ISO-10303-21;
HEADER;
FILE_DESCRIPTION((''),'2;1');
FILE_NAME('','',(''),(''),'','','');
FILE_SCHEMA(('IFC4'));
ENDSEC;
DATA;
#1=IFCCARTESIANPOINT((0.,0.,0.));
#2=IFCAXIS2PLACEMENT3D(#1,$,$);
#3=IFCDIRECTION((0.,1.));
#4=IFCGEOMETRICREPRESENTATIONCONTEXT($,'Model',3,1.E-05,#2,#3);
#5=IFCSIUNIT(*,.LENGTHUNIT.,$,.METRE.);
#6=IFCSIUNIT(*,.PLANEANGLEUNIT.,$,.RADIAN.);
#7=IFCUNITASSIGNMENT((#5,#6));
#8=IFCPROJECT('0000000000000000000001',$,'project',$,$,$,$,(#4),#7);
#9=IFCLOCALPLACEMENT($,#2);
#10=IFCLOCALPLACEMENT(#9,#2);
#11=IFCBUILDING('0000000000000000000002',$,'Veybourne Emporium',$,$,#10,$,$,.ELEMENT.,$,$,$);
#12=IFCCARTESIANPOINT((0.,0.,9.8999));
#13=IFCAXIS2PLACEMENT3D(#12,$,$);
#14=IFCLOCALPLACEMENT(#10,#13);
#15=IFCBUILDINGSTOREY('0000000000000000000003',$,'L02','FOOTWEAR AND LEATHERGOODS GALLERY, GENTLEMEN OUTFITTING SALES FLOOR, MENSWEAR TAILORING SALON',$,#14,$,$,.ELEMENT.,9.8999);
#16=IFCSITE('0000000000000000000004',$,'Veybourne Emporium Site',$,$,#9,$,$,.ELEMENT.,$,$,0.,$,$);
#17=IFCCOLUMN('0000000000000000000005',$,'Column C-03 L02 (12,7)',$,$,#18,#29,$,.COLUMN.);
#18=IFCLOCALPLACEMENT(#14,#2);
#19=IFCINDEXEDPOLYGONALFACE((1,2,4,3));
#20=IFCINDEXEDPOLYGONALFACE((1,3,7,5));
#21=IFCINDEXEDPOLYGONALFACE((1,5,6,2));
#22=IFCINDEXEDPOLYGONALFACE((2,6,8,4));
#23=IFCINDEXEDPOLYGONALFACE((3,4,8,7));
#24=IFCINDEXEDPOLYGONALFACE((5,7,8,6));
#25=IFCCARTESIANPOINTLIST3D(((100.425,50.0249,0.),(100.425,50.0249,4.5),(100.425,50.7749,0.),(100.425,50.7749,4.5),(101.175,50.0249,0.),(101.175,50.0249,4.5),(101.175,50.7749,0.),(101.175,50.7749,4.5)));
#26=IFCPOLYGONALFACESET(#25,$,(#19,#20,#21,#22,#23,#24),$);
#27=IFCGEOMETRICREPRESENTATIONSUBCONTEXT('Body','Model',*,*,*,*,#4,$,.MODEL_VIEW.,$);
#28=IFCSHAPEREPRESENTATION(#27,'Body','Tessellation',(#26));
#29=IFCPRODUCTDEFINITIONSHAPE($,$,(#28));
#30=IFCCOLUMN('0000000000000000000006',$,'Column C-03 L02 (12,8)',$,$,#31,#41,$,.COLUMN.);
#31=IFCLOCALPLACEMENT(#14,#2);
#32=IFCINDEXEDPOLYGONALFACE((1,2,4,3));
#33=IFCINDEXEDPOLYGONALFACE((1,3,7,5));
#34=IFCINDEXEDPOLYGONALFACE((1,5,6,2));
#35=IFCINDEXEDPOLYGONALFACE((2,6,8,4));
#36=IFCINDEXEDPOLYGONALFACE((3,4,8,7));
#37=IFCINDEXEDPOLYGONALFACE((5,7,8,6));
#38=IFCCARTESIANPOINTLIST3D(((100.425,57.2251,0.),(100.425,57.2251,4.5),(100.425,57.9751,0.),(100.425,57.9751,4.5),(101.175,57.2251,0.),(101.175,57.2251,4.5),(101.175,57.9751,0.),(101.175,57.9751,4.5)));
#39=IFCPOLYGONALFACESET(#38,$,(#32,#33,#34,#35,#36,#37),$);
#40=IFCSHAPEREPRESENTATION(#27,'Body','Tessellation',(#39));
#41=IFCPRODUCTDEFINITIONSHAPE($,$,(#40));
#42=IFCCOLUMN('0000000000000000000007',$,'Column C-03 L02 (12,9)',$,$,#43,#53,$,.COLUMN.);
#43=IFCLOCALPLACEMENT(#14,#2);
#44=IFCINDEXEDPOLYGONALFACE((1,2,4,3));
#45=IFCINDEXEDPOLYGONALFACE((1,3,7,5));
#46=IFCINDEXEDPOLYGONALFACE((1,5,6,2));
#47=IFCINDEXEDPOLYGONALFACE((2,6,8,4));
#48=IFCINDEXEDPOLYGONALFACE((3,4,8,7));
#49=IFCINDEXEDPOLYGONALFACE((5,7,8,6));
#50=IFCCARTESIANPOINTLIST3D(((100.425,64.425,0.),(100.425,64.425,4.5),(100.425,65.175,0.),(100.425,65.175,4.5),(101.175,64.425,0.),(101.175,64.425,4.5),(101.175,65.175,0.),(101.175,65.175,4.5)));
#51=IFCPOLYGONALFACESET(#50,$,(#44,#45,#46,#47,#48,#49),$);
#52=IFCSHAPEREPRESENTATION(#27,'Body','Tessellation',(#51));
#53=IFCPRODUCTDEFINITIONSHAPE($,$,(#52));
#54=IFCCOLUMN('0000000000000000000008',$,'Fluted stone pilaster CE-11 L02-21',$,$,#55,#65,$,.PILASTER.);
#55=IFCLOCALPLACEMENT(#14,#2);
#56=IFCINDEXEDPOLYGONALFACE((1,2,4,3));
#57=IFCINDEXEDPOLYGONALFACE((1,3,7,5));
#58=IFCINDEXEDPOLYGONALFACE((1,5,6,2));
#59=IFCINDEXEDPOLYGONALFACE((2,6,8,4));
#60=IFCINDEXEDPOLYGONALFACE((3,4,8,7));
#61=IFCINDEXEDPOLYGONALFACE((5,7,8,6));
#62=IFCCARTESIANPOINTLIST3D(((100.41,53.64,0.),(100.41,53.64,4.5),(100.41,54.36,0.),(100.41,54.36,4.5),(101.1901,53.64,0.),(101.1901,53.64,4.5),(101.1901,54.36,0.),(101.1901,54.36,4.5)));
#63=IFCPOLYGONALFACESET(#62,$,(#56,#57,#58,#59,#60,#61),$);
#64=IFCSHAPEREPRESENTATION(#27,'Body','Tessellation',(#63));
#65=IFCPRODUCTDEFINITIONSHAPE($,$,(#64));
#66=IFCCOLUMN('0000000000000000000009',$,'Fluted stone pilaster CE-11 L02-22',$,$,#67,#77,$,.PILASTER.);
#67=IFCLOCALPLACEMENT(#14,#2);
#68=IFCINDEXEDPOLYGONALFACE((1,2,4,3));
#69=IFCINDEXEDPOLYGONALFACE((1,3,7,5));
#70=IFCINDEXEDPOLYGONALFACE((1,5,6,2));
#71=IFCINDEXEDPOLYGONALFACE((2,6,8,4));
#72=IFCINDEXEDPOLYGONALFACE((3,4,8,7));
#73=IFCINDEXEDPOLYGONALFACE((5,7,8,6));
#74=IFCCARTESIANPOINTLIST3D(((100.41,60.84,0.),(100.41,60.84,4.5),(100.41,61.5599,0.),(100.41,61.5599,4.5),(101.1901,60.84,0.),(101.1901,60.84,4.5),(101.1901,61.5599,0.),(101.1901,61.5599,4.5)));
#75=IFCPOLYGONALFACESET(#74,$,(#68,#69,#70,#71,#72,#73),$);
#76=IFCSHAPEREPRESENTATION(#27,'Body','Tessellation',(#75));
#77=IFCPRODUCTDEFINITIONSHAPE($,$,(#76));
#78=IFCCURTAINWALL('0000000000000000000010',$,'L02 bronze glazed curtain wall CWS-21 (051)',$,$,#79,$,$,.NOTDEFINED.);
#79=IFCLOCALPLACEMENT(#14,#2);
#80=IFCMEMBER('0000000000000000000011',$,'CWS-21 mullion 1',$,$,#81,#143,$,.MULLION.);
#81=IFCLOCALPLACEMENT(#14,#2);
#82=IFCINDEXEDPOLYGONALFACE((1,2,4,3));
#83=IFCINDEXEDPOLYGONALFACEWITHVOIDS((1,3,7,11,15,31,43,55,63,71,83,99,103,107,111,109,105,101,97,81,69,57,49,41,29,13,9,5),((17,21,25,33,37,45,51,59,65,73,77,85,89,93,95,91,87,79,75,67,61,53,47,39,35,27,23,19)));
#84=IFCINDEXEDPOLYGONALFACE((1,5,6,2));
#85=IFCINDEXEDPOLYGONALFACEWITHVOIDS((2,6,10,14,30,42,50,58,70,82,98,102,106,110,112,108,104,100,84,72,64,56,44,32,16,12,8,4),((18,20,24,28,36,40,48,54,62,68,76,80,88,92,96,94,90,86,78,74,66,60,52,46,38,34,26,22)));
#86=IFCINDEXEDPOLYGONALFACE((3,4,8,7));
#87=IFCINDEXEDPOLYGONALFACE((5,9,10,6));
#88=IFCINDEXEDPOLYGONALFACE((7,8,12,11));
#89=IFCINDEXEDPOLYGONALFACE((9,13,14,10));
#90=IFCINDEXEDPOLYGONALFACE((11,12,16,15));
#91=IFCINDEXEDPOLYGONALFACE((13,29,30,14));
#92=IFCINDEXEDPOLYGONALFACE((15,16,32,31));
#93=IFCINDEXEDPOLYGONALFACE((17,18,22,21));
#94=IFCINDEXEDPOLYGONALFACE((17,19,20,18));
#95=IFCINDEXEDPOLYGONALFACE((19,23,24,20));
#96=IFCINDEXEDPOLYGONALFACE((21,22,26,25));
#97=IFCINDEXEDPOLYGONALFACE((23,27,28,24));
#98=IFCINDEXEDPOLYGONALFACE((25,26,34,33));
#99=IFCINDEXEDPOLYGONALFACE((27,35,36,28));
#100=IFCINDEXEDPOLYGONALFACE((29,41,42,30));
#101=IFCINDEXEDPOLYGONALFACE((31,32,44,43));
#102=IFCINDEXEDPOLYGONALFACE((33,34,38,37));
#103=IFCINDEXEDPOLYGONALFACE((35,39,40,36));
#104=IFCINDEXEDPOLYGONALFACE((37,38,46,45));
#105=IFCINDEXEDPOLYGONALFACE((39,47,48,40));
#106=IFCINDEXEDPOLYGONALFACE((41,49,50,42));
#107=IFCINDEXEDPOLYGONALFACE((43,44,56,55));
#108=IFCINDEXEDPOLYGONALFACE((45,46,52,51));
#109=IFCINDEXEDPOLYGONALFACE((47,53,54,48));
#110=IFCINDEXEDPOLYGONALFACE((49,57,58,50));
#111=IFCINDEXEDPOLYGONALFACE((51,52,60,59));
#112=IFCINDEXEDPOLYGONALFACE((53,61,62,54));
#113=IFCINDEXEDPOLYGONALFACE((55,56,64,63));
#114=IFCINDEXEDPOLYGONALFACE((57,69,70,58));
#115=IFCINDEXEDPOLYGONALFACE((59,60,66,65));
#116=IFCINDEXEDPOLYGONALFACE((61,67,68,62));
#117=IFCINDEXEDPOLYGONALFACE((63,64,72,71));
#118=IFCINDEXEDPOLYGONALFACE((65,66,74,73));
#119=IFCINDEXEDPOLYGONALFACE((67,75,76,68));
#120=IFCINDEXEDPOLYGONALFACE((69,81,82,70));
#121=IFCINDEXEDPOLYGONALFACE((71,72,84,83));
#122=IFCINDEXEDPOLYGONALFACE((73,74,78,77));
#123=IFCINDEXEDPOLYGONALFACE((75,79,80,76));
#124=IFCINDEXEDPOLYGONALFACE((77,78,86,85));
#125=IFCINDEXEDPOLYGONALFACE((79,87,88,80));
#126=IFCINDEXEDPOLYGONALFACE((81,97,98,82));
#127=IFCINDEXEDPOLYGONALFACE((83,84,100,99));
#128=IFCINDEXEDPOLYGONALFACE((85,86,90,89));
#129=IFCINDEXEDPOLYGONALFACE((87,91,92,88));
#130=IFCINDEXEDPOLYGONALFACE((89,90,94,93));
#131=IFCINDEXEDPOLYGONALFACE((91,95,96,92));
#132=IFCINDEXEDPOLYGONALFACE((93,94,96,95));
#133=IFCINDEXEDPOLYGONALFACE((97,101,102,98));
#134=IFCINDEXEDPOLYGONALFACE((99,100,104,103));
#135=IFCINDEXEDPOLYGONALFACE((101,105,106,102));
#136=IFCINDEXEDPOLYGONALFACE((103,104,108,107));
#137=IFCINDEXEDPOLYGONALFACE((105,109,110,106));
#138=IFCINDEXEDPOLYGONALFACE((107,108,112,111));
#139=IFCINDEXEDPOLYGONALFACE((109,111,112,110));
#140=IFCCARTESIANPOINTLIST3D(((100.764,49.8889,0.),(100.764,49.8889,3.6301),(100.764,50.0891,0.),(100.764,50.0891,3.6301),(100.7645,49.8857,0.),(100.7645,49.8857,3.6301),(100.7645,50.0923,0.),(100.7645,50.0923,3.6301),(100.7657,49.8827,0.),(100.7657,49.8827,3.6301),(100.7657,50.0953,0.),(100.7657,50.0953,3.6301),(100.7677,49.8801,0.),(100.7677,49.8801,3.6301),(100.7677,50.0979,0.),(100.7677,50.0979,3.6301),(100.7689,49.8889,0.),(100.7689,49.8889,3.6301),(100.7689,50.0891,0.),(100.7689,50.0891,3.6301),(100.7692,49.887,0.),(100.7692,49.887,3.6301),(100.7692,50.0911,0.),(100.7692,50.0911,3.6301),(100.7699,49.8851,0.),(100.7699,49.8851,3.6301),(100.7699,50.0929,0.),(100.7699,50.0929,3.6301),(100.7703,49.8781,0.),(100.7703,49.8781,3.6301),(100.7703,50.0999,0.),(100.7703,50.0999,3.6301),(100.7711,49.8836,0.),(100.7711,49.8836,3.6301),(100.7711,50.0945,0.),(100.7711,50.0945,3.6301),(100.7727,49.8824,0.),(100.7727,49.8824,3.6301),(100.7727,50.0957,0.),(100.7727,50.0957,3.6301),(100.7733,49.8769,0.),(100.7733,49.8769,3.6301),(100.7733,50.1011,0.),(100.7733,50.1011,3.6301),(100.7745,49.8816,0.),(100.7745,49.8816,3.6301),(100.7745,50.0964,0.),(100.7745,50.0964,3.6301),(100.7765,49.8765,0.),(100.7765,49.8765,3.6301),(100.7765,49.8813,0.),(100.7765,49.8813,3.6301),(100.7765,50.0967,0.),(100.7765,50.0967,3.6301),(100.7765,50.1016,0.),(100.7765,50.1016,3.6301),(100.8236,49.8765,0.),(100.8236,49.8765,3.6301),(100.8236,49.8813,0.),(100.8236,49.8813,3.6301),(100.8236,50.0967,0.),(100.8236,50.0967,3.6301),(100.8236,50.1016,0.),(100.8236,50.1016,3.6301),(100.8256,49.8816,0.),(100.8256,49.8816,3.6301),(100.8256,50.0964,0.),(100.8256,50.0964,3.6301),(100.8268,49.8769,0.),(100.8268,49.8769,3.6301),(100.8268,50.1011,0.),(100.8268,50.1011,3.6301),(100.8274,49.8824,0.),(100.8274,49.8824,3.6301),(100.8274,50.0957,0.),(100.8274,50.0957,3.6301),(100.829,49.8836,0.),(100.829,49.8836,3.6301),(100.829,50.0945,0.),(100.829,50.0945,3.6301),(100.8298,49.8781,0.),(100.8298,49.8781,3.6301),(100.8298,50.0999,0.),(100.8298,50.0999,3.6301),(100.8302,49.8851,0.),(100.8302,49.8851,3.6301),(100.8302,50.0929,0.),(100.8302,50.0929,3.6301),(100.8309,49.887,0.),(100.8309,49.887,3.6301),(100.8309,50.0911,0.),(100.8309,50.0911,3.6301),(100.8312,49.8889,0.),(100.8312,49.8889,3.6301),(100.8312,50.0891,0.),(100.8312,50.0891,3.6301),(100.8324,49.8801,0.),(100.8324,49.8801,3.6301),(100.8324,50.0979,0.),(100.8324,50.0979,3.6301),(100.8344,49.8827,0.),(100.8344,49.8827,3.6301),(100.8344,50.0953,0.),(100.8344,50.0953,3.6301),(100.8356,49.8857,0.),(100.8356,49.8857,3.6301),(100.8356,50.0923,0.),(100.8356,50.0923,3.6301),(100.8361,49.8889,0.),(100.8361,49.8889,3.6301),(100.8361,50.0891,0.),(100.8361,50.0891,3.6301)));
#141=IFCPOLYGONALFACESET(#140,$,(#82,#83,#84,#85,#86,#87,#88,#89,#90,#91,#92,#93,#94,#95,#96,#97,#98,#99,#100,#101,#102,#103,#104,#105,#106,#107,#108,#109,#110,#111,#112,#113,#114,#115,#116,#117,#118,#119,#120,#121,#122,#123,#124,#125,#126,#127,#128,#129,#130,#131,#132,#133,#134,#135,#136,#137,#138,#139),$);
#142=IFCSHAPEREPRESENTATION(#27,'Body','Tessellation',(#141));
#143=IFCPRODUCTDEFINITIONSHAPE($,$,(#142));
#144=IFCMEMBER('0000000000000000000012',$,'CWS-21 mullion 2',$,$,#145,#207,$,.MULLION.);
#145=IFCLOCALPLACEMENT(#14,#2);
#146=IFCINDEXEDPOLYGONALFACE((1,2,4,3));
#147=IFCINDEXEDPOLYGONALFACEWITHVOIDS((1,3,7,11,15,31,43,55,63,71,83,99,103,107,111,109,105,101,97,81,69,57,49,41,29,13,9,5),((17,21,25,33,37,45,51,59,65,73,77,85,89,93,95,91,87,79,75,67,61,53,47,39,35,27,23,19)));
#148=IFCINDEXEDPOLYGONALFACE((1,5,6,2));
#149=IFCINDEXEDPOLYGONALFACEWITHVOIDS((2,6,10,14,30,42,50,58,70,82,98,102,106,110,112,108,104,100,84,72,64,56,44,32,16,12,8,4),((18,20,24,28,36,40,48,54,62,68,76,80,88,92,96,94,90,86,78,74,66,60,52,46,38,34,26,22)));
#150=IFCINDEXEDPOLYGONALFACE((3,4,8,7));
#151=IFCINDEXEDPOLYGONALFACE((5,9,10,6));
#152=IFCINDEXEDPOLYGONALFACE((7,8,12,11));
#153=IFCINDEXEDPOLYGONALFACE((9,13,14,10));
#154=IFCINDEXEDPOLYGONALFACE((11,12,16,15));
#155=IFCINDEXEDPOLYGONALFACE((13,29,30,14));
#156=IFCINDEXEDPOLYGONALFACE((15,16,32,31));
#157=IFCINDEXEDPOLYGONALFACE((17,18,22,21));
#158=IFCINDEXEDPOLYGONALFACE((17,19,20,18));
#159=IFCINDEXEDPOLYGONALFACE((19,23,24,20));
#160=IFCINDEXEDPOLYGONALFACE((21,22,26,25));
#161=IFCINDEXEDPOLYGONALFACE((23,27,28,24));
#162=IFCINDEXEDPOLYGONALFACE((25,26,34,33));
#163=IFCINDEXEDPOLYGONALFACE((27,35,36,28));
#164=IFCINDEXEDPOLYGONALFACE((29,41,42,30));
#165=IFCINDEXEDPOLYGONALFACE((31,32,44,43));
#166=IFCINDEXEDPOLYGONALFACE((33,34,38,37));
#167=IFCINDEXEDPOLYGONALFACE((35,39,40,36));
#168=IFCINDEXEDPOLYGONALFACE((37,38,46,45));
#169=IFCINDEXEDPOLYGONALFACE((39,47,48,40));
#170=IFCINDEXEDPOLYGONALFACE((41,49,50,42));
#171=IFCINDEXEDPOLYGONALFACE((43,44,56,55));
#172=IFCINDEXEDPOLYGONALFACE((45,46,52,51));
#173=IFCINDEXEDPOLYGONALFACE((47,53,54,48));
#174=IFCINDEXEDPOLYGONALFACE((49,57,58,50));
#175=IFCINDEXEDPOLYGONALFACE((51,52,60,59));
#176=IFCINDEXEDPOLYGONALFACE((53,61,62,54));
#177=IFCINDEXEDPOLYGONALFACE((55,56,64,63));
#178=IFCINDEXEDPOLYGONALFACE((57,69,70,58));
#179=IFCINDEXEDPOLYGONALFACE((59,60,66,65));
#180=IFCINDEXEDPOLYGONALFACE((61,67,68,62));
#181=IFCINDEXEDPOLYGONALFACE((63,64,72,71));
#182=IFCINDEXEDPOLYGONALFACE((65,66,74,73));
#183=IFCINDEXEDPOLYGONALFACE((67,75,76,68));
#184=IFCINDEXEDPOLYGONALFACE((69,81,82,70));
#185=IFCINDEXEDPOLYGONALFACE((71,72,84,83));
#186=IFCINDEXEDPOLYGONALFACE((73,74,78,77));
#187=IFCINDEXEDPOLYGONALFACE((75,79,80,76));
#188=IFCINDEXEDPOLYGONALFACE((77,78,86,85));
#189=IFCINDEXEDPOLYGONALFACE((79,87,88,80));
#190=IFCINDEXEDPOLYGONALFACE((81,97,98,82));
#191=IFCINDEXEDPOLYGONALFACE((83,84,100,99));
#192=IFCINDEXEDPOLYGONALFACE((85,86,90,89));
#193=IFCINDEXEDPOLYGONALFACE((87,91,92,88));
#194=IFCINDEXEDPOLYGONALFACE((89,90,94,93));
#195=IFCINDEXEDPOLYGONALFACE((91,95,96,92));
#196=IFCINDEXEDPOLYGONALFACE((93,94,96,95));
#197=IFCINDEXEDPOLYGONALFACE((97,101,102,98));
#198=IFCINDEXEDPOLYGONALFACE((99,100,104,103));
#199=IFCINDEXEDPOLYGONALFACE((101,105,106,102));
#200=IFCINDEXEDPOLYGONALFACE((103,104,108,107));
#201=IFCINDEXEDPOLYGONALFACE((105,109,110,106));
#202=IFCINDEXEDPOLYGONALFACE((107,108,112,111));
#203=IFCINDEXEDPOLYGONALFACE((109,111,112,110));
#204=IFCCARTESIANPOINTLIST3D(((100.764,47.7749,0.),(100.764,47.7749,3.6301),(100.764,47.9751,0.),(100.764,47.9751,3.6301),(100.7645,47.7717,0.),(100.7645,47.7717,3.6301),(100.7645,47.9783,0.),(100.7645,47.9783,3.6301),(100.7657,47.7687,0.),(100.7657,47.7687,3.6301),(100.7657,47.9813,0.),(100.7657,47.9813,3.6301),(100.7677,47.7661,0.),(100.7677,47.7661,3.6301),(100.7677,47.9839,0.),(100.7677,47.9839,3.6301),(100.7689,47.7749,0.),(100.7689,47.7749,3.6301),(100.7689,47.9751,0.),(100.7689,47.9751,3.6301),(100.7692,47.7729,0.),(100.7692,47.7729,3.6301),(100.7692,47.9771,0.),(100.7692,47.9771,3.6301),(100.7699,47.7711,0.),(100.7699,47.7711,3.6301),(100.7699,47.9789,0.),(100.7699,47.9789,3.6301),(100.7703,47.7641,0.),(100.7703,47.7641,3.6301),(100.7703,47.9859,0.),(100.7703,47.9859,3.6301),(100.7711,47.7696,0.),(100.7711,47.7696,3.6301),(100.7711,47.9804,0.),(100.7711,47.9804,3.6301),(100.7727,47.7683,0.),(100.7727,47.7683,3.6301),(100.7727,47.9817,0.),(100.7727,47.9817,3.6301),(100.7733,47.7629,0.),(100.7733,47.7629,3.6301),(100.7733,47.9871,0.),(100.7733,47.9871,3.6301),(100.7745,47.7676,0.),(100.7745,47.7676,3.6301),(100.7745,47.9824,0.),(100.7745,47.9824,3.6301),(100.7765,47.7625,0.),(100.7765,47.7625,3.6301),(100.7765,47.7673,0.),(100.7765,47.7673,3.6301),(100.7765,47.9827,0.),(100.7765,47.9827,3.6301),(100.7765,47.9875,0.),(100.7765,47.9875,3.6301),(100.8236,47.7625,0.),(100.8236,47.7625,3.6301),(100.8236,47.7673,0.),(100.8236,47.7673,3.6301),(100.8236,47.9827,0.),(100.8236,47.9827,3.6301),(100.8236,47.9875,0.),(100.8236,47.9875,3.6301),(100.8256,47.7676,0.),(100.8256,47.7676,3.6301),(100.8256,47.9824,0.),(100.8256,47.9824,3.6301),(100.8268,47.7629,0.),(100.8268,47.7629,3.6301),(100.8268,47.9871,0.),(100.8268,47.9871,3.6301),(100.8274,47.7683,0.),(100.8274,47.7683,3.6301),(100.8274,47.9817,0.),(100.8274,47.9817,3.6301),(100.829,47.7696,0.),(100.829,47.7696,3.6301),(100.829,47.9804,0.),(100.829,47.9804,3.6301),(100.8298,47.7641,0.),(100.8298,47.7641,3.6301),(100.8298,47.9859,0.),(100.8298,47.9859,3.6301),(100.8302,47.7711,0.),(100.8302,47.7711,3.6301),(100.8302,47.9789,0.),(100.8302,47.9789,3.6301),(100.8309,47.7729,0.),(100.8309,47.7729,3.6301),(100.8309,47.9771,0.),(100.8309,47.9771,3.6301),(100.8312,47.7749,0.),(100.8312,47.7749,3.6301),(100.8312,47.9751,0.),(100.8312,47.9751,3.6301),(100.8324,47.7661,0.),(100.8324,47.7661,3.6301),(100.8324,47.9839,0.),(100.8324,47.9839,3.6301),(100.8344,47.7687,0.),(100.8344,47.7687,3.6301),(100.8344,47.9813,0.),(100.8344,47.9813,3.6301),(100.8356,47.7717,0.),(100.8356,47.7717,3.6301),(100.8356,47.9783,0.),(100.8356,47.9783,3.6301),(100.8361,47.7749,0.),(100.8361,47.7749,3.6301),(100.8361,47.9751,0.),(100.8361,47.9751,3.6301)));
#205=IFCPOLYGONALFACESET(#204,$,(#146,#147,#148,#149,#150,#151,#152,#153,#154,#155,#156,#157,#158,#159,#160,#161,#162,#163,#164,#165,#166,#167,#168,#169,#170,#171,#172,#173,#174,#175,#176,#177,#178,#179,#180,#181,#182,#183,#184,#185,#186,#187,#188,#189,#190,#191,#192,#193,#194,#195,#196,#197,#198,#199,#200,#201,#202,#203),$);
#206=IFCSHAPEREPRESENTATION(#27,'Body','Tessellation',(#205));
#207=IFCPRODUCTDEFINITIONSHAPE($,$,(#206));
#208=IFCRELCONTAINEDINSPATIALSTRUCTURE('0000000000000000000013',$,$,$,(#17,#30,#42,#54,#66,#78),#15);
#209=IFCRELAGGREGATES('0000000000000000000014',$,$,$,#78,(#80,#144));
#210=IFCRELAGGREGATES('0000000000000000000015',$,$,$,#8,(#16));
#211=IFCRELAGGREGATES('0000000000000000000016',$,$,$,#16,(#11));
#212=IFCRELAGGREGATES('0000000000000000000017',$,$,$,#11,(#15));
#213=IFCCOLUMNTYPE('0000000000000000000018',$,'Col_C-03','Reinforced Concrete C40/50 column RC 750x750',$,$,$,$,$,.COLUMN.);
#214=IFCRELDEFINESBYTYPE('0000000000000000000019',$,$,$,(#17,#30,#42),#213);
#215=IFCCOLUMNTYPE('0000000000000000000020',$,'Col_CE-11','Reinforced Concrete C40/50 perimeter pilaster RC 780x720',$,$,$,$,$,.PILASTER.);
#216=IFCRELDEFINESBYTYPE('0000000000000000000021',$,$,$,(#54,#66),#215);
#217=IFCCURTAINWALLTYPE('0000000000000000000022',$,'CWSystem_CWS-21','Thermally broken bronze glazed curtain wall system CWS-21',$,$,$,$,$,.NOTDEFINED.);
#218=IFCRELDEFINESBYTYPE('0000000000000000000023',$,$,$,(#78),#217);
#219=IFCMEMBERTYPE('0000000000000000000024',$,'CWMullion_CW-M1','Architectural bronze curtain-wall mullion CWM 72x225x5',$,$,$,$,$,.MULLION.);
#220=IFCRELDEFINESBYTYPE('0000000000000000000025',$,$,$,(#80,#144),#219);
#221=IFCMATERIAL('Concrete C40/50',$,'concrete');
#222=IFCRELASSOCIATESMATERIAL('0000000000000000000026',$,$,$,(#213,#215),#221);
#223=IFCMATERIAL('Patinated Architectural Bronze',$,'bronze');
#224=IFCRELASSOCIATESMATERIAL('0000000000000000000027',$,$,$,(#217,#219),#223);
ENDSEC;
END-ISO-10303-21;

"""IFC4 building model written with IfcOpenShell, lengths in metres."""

from ifc_helpers import new_model, si_unit, direction, frame, origin, origin_2d, place, context, subcontext, project, spatial, rectangle, hollow_rectangle, extrude, material, material_profile, profile_set, type_object, element, aggregate, save


model = new_model("IFC4")

# Units and contexts
model_context = context("Model", 3, precision=1e-05, world=origin(), true_north=direction((0.0, 1.0)))
body_context = subcontext(model_context, "Body", "Model", "MODEL_VIEW")
ifc_project = project(units=[si_unit("LENGTHUNIT", "METRE"), si_unit("PLANEANGLEUNIT", "RADIAN")], contexts=[model_context])

# Site, building, storey
site_placement = place(None, origin())
site = spatial("IfcSite", under=ifc_project, at=site_placement, Name="Veybourne Emporium Site", CompositionType="ELEMENT", RefElevation=0.0)
building_placement = place(site_placement, origin())
building = spatial("IfcBuilding", under=site, at=building_placement, Name="Veybourne Emporium", CompositionType="ELEMENT")
storey_placement = place(building_placement, frame((0.0, 0.0, 9.8999)))
storey = spatial("IfcBuildingStorey", under=building, at=storey_placement, Name="L02", Description="FOOTWEAR AND LEATHERGOODS GALLERY, GENTLEMEN OUTFITTING SALES FLOOR, MENSWEAR TAILORING SALON", CompositionType="ELEMENT", Elevation=9.8999)

# Columns
ifc_material_1 = material(Name="Concrete C40/50", Category="concrete")
ifc_material_profile_1 = material_profile(ifc_material_1, rectangle(XDim=0.75, YDim=0.75, at=origin_2d()), Name="RC 750x750")
ifc_profile_set_1 = profile_set([ifc_material_profile_1], Name="Concrete C40/50")
column_type_1 = type_object("IfcColumnType", Name="Col_C-03", Description="Reinforced Concrete C40/50 column RC 750x750", PredefinedType="COLUMN", material=ifc_profile_set_1)
for number, where, z_axis, x_axis, name in (
    (1, (100.8, 50.3999, 0.0), (0.0, 0.0, 1.0), (1.0, 0.0, 0.0), "Column C-03 L02 (12,7)"),
    (2, (100.8, 57.6001, 0.0), (0.0, 0.0, 1.0), (1.0, 0.0, 0.0), "Column C-03 L02 (12,8)"),
    (3, (100.8, 64.8, 0.0), (0.0, 0.0, 1.0), (1.0, 0.0, 0.0), "Column C-03 L02 (12,9)"),
):
    element("IfcColumn", number, at=place(storey_placement, frame(where, z_axis=z_axis, x_axis=x_axis)), inside=storey, type_object=column_type_1, Name=name, PredefinedType="COLUMN", context=body_context, shape_type="SweptSolid", body=[
        extrude(rectangle(XDim=0.75, YDim=0.75, at=origin_2d()), origin(), (0.0, 0.0, 1.0), 4.5),
    ])
ifc_material_profile_2 = material_profile(ifc_material_1, rectangle(XDim=0.78, YDim=0.72, at=origin_2d()), Name="RC 780x720")
ifc_profile_set_2 = profile_set([ifc_material_profile_2], Name="Concrete C40/50")
column_type_2 = type_object("IfcColumnType", Name="Col_CE-11", Description="Reinforced Concrete C40/50 perimeter pilaster RC 780x720", PredefinedType="PILASTER", material=ifc_profile_set_2)
for number, where, z_axis, x_axis, name in (
    (4, (100.8, 54.0, 0.0), (0.0, 0.0, 1.0), (1.0, 0.0, 0.0), "Fluted stone pilaster CE-11 L02-21"),
    (5, (100.8, 61.2, 0.0), (0.0, 0.0, 1.0), (1.0, 0.0, 0.0), "Fluted stone pilaster CE-11 L02-22"),
):
    element("IfcColumn", number, at=place(storey_placement, frame(where, z_axis=z_axis, x_axis=x_axis)), inside=storey, type_object=column_type_2, Name=name, PredefinedType="PILASTER", context=body_context, shape_type="SweptSolid", body=[
        extrude(rectangle(XDim=0.78, YDim=0.72, at=origin_2d()), origin(), (0.0, 0.0, 1.0), 4.5),
    ])

# Curtain wall, members
ifc_material_2 = material(Name="Patinated Architectural Bronze", Category="bronze")
curtain_wall_type_1 = type_object("IfcCurtainWallType", Name="CWSystem_CWS-21", Description="Thermally broken bronze glazed curtain wall system CWS-21", PredefinedType="NOTDEFINED", material=ifc_material_2)
curtain_wall_1_placement = place(storey_placement, origin())
curtain_wall_1 = element("IfcCurtainWall", 6, at=curtain_wall_1_placement, inside=storey, type_object=curtain_wall_type_1, Name="L02 bronze glazed curtain wall CWS-21 (051)", PredefinedType="NOTDEFINED")
ifc_material_profile_3 = material_profile(ifc_material_2, hollow_rectangle(XDim=0.072, YDim=0.2251, WallThickness=0.0049, InnerFilletRadius=0.0076, OuterFilletRadius=0.0125, at=origin_2d()), Name="CWM 72x225x5")
ifc_profile_set_3 = profile_set([ifc_material_profile_3], Name="Patinated Architectural Bronze")
member_type_1 = type_object("IfcMemberType", Name="CWMullion_CW-M1", Description="Architectural bronze curtain-wall mullion CWM 72x225x5", PredefinedType="MULLION", material=ifc_profile_set_3)
member_1_placement = place(storey_placement, frame((100.8, 49.989, 0.0), z_axis=(0.0, 0.0, 1.0), x_axis=(1.0, 0.0, 0.0)))
member_1 = element("IfcMember", 7, at=member_1_placement, type_object=member_type_1, Name="CWS-21 mullion 1", PredefinedType="MULLION", context=body_context, shape_type="SweptSolid", body=[
    extrude(hollow_rectangle(XDim=0.072, YDim=0.2251, WallThickness=0.0049, InnerFilletRadius=0.0076, OuterFilletRadius=0.0125, at=origin_2d()), origin(), (0.0, 0.0, 1.0), 3.6301),
])
member_2_placement = place(storey_placement, frame((100.8, 47.875, 0.0), z_axis=(0.0, 0.0, 1.0), x_axis=(1.0, 0.0, 0.0)))
member_2 = element("IfcMember", 8, at=member_2_placement, type_object=member_type_1, Name="CWS-21 mullion 2", PredefinedType="MULLION", context=body_context, shape_type="SweptSolid", body=[
    extrude(hollow_rectangle(XDim=0.072, YDim=0.2251, WallThickness=0.0049, InnerFilletRadius=0.0076, OuterFilletRadius=0.0125, at=origin_2d()), origin(), (0.0, 0.0, 1.0), 3.6301),
])

aggregate(curtain_wall_1, [member_1, member_2])

save(model, "model.ifc")
